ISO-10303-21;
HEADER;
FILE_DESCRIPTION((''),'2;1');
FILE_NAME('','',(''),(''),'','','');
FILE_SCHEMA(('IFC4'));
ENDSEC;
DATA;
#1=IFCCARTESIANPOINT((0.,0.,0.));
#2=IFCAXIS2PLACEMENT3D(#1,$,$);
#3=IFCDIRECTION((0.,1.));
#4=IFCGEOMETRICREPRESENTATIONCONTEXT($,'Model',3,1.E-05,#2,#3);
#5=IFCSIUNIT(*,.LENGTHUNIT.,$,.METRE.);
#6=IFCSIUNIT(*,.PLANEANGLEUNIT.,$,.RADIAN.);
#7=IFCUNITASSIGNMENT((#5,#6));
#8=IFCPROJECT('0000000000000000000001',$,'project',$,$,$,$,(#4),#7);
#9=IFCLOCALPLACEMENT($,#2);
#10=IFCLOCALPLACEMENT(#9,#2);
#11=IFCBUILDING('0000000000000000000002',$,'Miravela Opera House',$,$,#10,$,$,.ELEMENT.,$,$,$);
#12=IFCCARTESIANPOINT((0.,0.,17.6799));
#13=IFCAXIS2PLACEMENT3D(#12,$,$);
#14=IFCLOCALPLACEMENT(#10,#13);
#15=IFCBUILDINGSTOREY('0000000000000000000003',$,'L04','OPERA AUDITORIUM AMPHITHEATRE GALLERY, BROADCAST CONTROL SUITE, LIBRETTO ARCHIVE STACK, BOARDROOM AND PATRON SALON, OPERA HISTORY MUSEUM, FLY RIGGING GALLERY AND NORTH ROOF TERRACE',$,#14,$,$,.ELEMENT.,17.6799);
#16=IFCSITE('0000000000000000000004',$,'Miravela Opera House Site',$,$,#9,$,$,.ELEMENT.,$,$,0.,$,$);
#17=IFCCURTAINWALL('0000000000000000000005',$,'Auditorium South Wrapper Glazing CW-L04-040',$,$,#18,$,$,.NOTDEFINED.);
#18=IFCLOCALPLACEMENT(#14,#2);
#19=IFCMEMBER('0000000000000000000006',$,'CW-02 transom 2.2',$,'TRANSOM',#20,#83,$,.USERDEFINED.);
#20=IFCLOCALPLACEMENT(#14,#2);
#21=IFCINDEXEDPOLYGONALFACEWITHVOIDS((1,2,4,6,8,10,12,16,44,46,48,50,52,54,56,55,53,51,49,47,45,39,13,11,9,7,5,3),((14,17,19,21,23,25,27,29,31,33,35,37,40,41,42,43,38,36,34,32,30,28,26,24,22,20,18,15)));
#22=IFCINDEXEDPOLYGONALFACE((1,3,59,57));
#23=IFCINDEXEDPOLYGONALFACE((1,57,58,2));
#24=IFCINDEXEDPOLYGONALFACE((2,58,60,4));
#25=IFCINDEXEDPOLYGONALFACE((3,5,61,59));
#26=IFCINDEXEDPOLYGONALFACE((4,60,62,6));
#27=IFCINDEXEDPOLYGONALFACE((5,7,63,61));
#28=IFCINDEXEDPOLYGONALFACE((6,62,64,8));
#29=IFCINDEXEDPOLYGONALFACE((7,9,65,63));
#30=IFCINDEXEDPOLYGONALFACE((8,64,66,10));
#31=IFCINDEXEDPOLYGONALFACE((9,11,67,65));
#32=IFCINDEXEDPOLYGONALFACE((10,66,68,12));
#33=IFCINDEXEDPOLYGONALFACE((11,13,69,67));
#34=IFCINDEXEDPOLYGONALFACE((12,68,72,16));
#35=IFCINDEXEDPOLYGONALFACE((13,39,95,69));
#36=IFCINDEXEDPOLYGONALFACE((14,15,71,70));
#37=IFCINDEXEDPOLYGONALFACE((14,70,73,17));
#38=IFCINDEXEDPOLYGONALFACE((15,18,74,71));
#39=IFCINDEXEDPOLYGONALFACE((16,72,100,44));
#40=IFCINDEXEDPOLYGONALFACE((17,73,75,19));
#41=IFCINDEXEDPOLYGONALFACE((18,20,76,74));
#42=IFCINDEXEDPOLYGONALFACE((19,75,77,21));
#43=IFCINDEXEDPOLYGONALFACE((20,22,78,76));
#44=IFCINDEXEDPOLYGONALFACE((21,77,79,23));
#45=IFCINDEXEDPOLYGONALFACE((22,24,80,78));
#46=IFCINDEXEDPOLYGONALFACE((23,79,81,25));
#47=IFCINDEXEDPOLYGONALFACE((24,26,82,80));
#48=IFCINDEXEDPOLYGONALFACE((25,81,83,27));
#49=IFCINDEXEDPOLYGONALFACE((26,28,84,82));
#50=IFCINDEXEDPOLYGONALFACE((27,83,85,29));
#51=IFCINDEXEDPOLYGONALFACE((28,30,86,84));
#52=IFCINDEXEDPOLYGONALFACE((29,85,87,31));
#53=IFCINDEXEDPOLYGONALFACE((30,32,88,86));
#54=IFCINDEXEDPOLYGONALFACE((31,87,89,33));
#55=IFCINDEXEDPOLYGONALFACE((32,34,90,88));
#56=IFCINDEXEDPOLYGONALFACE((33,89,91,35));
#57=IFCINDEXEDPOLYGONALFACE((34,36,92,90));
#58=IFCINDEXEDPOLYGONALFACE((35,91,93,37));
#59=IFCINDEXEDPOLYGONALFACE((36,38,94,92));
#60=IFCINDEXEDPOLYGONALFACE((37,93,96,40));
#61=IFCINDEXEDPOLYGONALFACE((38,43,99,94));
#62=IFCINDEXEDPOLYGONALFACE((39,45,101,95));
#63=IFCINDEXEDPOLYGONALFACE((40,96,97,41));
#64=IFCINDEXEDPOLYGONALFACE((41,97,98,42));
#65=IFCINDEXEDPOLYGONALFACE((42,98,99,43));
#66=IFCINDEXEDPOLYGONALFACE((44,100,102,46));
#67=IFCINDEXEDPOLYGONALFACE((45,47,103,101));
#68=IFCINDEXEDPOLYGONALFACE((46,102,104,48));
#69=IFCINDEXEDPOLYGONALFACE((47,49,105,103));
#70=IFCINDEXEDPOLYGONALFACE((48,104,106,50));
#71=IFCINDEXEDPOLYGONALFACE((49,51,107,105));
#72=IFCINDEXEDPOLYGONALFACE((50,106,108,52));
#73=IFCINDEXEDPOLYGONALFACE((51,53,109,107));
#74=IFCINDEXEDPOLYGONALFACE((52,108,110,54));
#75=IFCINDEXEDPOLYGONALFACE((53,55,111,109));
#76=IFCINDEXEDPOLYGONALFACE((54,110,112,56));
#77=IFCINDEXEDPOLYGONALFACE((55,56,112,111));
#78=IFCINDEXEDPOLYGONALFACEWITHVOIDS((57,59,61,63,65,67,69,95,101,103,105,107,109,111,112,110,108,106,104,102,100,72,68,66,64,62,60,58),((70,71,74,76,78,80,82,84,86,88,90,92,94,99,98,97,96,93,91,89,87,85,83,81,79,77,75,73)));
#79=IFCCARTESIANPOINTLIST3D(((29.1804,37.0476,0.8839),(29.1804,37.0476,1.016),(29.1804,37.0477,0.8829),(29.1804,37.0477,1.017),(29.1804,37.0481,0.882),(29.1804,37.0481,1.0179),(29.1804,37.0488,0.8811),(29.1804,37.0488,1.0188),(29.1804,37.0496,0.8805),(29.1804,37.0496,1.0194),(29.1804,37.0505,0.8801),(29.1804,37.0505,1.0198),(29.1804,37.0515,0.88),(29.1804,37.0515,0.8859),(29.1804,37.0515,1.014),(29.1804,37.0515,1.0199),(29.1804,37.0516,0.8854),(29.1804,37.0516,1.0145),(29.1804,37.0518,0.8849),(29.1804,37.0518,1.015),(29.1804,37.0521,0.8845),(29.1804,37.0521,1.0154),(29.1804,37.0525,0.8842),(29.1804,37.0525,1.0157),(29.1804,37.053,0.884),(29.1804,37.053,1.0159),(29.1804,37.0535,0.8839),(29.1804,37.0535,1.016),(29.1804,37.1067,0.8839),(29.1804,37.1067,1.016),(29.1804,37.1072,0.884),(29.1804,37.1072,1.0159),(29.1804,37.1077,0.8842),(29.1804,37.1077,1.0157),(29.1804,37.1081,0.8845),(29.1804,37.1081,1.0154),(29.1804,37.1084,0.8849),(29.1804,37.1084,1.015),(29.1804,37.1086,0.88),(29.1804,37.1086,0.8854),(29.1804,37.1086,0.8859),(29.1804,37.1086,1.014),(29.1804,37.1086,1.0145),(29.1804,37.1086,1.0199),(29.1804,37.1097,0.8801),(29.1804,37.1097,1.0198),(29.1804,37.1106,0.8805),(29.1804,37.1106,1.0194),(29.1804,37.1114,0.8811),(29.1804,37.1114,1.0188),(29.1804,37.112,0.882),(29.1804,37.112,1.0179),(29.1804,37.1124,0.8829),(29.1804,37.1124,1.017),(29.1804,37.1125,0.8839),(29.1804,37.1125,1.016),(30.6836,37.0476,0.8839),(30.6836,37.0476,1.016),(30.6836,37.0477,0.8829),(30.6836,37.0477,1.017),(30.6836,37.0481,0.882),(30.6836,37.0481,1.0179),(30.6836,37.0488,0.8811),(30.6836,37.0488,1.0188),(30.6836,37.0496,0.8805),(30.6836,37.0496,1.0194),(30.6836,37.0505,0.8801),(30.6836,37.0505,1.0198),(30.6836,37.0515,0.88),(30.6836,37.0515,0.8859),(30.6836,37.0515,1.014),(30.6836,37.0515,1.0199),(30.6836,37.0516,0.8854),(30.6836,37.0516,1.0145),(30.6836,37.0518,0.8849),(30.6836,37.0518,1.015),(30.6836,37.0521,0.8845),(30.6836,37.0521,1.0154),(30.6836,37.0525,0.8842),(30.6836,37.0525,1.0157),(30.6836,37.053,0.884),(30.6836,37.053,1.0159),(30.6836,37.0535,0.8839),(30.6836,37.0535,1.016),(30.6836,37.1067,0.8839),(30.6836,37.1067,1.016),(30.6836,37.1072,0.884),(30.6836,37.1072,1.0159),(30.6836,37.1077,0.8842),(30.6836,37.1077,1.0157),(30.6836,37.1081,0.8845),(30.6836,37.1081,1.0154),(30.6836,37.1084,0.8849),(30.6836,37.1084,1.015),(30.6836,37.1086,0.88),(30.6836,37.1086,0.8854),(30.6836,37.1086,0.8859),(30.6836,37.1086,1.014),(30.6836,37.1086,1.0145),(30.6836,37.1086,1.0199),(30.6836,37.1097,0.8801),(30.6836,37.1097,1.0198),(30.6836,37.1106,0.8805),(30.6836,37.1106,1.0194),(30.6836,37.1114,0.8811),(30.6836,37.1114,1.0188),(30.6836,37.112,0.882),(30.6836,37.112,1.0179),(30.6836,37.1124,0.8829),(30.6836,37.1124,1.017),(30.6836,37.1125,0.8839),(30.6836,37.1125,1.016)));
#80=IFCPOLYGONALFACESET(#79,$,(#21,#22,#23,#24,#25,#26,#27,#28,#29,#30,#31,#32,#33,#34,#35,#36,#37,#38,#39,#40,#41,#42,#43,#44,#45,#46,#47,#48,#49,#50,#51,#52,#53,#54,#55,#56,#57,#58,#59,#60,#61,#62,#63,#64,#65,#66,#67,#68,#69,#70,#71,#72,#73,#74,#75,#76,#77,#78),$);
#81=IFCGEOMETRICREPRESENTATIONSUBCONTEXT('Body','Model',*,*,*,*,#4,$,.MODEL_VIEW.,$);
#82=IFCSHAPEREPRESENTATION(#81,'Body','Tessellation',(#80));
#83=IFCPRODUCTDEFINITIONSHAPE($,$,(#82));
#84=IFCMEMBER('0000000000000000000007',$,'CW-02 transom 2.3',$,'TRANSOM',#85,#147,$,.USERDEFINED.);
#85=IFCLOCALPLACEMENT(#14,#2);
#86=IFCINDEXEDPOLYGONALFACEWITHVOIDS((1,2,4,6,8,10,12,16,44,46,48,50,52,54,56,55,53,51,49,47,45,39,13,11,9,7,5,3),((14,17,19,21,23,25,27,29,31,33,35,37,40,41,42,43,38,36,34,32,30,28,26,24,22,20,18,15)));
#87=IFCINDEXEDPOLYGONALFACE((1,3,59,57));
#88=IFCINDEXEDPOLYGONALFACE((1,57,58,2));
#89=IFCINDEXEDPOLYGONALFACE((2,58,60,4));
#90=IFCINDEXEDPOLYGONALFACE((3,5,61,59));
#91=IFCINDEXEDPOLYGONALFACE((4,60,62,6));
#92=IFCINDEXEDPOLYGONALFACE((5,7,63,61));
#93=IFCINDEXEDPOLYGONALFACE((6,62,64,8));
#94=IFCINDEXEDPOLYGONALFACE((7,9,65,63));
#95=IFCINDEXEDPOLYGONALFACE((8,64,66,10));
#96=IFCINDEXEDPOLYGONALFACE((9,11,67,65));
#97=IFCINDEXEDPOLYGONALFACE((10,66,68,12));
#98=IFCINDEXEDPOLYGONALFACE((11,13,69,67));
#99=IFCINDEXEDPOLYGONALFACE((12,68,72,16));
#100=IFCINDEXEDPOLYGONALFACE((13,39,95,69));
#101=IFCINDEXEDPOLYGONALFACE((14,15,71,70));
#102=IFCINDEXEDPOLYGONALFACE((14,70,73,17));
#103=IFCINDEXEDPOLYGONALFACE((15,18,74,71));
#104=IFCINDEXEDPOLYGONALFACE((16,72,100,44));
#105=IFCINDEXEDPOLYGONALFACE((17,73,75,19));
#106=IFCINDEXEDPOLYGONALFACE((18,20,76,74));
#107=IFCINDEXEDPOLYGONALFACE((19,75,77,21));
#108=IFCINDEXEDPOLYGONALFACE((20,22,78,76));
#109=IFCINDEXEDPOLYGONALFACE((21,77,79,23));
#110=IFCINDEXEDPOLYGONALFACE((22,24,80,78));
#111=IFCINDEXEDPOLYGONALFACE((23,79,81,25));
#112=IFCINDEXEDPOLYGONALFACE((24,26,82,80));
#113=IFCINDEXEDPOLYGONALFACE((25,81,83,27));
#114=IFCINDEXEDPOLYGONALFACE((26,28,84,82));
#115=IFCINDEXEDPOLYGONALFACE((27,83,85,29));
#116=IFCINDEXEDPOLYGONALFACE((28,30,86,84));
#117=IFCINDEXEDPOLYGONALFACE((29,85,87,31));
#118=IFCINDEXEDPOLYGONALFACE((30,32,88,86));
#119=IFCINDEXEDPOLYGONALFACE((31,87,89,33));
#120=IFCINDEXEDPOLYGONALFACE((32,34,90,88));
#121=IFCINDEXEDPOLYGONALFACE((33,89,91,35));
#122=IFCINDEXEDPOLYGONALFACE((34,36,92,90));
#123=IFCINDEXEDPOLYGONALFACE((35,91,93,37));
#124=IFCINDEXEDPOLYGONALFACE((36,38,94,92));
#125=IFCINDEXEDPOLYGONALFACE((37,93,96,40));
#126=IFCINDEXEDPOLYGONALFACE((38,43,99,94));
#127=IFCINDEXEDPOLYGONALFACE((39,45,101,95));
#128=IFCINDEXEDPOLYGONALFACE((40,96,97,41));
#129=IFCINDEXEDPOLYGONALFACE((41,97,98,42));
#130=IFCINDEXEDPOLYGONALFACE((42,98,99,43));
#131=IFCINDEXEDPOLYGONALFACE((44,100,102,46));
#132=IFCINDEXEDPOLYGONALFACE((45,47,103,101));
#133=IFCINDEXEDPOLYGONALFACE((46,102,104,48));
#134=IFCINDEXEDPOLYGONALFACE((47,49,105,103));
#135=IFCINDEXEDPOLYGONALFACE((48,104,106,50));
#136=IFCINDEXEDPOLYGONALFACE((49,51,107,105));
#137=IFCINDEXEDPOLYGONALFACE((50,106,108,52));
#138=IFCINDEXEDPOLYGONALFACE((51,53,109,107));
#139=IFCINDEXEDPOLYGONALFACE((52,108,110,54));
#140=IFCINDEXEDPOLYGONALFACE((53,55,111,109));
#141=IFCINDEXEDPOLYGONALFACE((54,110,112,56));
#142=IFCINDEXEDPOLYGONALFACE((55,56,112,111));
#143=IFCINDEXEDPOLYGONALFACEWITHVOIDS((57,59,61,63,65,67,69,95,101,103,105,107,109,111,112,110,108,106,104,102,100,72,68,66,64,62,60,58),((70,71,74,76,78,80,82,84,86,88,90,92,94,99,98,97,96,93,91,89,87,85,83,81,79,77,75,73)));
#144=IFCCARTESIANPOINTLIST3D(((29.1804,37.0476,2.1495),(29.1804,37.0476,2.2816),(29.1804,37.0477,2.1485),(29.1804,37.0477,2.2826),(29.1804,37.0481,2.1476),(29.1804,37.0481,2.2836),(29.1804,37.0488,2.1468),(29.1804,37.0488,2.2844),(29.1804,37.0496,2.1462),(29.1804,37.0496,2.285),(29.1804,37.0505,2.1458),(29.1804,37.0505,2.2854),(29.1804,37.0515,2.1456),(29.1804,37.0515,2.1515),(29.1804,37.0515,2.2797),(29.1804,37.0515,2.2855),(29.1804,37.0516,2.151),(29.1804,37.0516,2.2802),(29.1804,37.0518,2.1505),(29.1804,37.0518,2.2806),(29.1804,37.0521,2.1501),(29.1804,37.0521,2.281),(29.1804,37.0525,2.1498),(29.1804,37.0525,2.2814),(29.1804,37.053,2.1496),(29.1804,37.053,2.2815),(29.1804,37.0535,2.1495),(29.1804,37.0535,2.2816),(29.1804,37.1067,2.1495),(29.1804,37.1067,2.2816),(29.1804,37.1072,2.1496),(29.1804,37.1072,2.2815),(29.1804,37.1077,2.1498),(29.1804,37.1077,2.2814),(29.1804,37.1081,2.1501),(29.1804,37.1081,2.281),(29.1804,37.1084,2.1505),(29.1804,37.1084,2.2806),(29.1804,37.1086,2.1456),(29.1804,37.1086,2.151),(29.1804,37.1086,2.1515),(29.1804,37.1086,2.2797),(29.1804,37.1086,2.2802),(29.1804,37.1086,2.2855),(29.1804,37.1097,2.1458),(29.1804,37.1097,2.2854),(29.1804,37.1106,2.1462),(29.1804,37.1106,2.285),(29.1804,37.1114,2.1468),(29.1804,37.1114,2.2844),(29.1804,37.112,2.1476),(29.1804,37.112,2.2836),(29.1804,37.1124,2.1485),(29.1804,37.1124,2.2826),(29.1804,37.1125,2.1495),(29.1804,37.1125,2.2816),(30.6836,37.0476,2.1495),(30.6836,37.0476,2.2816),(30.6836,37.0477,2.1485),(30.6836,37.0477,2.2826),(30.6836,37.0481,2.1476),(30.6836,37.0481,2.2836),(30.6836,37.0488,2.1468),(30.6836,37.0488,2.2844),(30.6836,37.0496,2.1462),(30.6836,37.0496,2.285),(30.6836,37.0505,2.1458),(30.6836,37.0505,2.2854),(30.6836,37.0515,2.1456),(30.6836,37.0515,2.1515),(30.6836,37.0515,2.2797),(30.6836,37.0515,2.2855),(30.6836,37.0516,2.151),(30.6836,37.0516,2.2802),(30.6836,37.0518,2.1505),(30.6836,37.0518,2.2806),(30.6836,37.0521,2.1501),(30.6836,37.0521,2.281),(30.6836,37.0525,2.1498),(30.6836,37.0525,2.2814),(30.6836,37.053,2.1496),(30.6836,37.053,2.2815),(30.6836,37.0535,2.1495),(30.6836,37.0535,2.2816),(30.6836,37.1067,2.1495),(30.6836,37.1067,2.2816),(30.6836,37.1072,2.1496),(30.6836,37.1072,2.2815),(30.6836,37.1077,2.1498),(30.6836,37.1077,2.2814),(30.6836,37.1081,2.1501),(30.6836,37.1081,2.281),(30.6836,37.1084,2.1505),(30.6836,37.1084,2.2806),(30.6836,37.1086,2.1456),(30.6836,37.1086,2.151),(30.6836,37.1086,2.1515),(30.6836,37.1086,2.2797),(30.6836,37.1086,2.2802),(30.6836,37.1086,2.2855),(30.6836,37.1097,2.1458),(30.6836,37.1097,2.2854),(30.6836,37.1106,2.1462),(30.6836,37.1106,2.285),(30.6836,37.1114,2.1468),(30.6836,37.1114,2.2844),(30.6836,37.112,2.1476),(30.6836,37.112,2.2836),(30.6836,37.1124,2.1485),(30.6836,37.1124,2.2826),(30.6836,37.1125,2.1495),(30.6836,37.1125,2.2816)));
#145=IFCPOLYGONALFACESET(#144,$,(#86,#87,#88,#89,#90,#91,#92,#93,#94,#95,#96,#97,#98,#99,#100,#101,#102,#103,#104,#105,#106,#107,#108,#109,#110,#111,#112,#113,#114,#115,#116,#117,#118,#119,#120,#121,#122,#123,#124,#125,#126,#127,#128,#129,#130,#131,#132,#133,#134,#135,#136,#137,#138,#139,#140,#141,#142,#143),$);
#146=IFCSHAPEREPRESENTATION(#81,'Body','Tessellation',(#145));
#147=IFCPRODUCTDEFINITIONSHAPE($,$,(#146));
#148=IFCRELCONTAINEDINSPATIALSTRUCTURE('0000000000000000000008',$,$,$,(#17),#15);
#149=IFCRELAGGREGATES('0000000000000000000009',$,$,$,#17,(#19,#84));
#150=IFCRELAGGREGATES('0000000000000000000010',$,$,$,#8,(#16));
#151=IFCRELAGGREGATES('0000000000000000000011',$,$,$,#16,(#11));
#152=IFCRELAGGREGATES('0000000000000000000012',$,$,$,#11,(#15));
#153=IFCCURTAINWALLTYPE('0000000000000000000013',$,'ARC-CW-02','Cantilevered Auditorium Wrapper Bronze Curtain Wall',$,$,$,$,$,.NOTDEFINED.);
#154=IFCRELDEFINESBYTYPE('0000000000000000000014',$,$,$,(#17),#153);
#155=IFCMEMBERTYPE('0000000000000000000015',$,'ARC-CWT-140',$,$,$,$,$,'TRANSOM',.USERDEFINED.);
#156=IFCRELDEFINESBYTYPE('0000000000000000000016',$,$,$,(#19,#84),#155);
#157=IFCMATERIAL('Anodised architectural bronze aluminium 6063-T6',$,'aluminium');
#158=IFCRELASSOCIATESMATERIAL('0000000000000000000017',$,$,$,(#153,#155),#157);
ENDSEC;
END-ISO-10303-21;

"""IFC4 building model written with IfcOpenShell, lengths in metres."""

from ifc_helpers import new_model, si_unit, direction, frame, origin, origin_2d, place, context, subcontext, project, spatial, hollow_rectangle, extrude, material, material_profile, profile_set, type_object, element, aggregate, save


model = new_model("IFC4")

# Units and contexts
model_context = context("Model", 3, precision=1e-05, world=origin(), true_north=direction((0.0, 1.0)))
body_context = subcontext(model_context, "Body", "Model", "MODEL_VIEW")
ifc_project = project(units=[si_unit("LENGTHUNIT", "METRE"), si_unit("PLANEANGLEUNIT", "RADIAN")], contexts=[model_context])

# Site, building, storey
site_placement = place(None, origin())
site = spatial("IfcSite", under=ifc_project, at=site_placement, Name="Miravela Opera House Site", CompositionType="ELEMENT", RefElevation=0.0)
building_placement = place(site_placement, origin())
building = spatial("IfcBuilding", under=site, at=building_placement, Name="Miravela Opera House", CompositionType="ELEMENT")
storey_placement = place(building_placement, frame((0.0, 0.0, 17.6799)))
storey = spatial("IfcBuildingStorey", under=building, at=storey_placement, Name="L04", Description="OPERA AUDITORIUM AMPHITHEATRE GALLERY, BROADCAST CONTROL SUITE, LIBRETTO ARCHIVE STACK, BOARDROOM AND PATRON SALON, OPERA HISTORY MUSEUM, FLY RIGGING GALLERY AND NORTH ROOF TERRACE", CompositionType="ELEMENT", Elevation=17.6799)

# Curtain wall, members
ifc_material_1 = material(Name="Anodised architectural bronze aluminium 6063-T6", Category="aluminium")
curtain_wall_type = type_object("IfcCurtainWallType", Name="ARC-CW-02", Description="Cantilevered Auditorium Wrapper Bronze Curtain Wall", PredefinedType="NOTDEFINED", material=ifc_material_1)
curtain_wall_placement = place(storey_placement, origin())
curtain_wall = element("IfcCurtainWall", 1, at=curtain_wall_placement, inside=storey, type_object=curtain_wall_type, Name="Auditorium South Wrapper Glazing CW-L04-040", PredefinedType="NOTDEFINED")
ifc_material_profile_1 = material_profile(ifc_material_1, hollow_rectangle(XDim=0.0649, YDim=0.1399, WallThickness=0.0039, InnerFilletRadius=0.002, OuterFilletRadius=0.0039, at=origin_2d()), Name="CWT-65X140")
ifc_profile_set_1 = profile_set([ifc_material_profile_1])
member_type_1 = type_object("IfcMemberType", Name="ARC-CWT-140", ElementType="TRANSOM", PredefinedType="USERDEFINED", material=ifc_profile_set_1)
member_1_placement = place(storey_placement, frame((29.1804, 37.0801, 0.95), z_axis=(1.0, 0.0, 0.0), x_axis=(0.0, 1.0, 0.0)))
member_1 = element("IfcMember", 2, at=member_1_placement, type_object=member_type_1, Name="CW-02 transom 2.2", ObjectType="TRANSOM", PredefinedType="USERDEFINED", context=body_context, shape_type="SweptSolid", body=[
    extrude(hollow_rectangle(XDim=0.0649, YDim=0.1399, WallThickness=0.0039, InnerFilletRadius=0.002, OuterFilletRadius=0.0039, at=origin_2d()), origin(), (0.0, 0.0, 1.0), 1.5032),
])
member_2_placement = place(storey_placement, frame((29.1804, 37.0801, 2.2156), z_axis=(1.0, 0.0, 0.0), x_axis=(0.0, 1.0, 0.0)))
member_2 = element("IfcMember", 3, at=member_2_placement, type_object=member_type_1, Name="CW-02 transom 2.3", ObjectType="TRANSOM", PredefinedType="USERDEFINED", context=body_context, shape_type="SweptSolid", body=[
    extrude(hollow_rectangle(XDim=0.0649, YDim=0.1399, WallThickness=0.0039, InnerFilletRadius=0.002, OuterFilletRadius=0.0039, at=origin_2d()), origin(), (0.0, 0.0, 1.0), 1.5032),
])

aggregate(curtain_wall, [member_1, member_2])

save(model, "model.ifc")
